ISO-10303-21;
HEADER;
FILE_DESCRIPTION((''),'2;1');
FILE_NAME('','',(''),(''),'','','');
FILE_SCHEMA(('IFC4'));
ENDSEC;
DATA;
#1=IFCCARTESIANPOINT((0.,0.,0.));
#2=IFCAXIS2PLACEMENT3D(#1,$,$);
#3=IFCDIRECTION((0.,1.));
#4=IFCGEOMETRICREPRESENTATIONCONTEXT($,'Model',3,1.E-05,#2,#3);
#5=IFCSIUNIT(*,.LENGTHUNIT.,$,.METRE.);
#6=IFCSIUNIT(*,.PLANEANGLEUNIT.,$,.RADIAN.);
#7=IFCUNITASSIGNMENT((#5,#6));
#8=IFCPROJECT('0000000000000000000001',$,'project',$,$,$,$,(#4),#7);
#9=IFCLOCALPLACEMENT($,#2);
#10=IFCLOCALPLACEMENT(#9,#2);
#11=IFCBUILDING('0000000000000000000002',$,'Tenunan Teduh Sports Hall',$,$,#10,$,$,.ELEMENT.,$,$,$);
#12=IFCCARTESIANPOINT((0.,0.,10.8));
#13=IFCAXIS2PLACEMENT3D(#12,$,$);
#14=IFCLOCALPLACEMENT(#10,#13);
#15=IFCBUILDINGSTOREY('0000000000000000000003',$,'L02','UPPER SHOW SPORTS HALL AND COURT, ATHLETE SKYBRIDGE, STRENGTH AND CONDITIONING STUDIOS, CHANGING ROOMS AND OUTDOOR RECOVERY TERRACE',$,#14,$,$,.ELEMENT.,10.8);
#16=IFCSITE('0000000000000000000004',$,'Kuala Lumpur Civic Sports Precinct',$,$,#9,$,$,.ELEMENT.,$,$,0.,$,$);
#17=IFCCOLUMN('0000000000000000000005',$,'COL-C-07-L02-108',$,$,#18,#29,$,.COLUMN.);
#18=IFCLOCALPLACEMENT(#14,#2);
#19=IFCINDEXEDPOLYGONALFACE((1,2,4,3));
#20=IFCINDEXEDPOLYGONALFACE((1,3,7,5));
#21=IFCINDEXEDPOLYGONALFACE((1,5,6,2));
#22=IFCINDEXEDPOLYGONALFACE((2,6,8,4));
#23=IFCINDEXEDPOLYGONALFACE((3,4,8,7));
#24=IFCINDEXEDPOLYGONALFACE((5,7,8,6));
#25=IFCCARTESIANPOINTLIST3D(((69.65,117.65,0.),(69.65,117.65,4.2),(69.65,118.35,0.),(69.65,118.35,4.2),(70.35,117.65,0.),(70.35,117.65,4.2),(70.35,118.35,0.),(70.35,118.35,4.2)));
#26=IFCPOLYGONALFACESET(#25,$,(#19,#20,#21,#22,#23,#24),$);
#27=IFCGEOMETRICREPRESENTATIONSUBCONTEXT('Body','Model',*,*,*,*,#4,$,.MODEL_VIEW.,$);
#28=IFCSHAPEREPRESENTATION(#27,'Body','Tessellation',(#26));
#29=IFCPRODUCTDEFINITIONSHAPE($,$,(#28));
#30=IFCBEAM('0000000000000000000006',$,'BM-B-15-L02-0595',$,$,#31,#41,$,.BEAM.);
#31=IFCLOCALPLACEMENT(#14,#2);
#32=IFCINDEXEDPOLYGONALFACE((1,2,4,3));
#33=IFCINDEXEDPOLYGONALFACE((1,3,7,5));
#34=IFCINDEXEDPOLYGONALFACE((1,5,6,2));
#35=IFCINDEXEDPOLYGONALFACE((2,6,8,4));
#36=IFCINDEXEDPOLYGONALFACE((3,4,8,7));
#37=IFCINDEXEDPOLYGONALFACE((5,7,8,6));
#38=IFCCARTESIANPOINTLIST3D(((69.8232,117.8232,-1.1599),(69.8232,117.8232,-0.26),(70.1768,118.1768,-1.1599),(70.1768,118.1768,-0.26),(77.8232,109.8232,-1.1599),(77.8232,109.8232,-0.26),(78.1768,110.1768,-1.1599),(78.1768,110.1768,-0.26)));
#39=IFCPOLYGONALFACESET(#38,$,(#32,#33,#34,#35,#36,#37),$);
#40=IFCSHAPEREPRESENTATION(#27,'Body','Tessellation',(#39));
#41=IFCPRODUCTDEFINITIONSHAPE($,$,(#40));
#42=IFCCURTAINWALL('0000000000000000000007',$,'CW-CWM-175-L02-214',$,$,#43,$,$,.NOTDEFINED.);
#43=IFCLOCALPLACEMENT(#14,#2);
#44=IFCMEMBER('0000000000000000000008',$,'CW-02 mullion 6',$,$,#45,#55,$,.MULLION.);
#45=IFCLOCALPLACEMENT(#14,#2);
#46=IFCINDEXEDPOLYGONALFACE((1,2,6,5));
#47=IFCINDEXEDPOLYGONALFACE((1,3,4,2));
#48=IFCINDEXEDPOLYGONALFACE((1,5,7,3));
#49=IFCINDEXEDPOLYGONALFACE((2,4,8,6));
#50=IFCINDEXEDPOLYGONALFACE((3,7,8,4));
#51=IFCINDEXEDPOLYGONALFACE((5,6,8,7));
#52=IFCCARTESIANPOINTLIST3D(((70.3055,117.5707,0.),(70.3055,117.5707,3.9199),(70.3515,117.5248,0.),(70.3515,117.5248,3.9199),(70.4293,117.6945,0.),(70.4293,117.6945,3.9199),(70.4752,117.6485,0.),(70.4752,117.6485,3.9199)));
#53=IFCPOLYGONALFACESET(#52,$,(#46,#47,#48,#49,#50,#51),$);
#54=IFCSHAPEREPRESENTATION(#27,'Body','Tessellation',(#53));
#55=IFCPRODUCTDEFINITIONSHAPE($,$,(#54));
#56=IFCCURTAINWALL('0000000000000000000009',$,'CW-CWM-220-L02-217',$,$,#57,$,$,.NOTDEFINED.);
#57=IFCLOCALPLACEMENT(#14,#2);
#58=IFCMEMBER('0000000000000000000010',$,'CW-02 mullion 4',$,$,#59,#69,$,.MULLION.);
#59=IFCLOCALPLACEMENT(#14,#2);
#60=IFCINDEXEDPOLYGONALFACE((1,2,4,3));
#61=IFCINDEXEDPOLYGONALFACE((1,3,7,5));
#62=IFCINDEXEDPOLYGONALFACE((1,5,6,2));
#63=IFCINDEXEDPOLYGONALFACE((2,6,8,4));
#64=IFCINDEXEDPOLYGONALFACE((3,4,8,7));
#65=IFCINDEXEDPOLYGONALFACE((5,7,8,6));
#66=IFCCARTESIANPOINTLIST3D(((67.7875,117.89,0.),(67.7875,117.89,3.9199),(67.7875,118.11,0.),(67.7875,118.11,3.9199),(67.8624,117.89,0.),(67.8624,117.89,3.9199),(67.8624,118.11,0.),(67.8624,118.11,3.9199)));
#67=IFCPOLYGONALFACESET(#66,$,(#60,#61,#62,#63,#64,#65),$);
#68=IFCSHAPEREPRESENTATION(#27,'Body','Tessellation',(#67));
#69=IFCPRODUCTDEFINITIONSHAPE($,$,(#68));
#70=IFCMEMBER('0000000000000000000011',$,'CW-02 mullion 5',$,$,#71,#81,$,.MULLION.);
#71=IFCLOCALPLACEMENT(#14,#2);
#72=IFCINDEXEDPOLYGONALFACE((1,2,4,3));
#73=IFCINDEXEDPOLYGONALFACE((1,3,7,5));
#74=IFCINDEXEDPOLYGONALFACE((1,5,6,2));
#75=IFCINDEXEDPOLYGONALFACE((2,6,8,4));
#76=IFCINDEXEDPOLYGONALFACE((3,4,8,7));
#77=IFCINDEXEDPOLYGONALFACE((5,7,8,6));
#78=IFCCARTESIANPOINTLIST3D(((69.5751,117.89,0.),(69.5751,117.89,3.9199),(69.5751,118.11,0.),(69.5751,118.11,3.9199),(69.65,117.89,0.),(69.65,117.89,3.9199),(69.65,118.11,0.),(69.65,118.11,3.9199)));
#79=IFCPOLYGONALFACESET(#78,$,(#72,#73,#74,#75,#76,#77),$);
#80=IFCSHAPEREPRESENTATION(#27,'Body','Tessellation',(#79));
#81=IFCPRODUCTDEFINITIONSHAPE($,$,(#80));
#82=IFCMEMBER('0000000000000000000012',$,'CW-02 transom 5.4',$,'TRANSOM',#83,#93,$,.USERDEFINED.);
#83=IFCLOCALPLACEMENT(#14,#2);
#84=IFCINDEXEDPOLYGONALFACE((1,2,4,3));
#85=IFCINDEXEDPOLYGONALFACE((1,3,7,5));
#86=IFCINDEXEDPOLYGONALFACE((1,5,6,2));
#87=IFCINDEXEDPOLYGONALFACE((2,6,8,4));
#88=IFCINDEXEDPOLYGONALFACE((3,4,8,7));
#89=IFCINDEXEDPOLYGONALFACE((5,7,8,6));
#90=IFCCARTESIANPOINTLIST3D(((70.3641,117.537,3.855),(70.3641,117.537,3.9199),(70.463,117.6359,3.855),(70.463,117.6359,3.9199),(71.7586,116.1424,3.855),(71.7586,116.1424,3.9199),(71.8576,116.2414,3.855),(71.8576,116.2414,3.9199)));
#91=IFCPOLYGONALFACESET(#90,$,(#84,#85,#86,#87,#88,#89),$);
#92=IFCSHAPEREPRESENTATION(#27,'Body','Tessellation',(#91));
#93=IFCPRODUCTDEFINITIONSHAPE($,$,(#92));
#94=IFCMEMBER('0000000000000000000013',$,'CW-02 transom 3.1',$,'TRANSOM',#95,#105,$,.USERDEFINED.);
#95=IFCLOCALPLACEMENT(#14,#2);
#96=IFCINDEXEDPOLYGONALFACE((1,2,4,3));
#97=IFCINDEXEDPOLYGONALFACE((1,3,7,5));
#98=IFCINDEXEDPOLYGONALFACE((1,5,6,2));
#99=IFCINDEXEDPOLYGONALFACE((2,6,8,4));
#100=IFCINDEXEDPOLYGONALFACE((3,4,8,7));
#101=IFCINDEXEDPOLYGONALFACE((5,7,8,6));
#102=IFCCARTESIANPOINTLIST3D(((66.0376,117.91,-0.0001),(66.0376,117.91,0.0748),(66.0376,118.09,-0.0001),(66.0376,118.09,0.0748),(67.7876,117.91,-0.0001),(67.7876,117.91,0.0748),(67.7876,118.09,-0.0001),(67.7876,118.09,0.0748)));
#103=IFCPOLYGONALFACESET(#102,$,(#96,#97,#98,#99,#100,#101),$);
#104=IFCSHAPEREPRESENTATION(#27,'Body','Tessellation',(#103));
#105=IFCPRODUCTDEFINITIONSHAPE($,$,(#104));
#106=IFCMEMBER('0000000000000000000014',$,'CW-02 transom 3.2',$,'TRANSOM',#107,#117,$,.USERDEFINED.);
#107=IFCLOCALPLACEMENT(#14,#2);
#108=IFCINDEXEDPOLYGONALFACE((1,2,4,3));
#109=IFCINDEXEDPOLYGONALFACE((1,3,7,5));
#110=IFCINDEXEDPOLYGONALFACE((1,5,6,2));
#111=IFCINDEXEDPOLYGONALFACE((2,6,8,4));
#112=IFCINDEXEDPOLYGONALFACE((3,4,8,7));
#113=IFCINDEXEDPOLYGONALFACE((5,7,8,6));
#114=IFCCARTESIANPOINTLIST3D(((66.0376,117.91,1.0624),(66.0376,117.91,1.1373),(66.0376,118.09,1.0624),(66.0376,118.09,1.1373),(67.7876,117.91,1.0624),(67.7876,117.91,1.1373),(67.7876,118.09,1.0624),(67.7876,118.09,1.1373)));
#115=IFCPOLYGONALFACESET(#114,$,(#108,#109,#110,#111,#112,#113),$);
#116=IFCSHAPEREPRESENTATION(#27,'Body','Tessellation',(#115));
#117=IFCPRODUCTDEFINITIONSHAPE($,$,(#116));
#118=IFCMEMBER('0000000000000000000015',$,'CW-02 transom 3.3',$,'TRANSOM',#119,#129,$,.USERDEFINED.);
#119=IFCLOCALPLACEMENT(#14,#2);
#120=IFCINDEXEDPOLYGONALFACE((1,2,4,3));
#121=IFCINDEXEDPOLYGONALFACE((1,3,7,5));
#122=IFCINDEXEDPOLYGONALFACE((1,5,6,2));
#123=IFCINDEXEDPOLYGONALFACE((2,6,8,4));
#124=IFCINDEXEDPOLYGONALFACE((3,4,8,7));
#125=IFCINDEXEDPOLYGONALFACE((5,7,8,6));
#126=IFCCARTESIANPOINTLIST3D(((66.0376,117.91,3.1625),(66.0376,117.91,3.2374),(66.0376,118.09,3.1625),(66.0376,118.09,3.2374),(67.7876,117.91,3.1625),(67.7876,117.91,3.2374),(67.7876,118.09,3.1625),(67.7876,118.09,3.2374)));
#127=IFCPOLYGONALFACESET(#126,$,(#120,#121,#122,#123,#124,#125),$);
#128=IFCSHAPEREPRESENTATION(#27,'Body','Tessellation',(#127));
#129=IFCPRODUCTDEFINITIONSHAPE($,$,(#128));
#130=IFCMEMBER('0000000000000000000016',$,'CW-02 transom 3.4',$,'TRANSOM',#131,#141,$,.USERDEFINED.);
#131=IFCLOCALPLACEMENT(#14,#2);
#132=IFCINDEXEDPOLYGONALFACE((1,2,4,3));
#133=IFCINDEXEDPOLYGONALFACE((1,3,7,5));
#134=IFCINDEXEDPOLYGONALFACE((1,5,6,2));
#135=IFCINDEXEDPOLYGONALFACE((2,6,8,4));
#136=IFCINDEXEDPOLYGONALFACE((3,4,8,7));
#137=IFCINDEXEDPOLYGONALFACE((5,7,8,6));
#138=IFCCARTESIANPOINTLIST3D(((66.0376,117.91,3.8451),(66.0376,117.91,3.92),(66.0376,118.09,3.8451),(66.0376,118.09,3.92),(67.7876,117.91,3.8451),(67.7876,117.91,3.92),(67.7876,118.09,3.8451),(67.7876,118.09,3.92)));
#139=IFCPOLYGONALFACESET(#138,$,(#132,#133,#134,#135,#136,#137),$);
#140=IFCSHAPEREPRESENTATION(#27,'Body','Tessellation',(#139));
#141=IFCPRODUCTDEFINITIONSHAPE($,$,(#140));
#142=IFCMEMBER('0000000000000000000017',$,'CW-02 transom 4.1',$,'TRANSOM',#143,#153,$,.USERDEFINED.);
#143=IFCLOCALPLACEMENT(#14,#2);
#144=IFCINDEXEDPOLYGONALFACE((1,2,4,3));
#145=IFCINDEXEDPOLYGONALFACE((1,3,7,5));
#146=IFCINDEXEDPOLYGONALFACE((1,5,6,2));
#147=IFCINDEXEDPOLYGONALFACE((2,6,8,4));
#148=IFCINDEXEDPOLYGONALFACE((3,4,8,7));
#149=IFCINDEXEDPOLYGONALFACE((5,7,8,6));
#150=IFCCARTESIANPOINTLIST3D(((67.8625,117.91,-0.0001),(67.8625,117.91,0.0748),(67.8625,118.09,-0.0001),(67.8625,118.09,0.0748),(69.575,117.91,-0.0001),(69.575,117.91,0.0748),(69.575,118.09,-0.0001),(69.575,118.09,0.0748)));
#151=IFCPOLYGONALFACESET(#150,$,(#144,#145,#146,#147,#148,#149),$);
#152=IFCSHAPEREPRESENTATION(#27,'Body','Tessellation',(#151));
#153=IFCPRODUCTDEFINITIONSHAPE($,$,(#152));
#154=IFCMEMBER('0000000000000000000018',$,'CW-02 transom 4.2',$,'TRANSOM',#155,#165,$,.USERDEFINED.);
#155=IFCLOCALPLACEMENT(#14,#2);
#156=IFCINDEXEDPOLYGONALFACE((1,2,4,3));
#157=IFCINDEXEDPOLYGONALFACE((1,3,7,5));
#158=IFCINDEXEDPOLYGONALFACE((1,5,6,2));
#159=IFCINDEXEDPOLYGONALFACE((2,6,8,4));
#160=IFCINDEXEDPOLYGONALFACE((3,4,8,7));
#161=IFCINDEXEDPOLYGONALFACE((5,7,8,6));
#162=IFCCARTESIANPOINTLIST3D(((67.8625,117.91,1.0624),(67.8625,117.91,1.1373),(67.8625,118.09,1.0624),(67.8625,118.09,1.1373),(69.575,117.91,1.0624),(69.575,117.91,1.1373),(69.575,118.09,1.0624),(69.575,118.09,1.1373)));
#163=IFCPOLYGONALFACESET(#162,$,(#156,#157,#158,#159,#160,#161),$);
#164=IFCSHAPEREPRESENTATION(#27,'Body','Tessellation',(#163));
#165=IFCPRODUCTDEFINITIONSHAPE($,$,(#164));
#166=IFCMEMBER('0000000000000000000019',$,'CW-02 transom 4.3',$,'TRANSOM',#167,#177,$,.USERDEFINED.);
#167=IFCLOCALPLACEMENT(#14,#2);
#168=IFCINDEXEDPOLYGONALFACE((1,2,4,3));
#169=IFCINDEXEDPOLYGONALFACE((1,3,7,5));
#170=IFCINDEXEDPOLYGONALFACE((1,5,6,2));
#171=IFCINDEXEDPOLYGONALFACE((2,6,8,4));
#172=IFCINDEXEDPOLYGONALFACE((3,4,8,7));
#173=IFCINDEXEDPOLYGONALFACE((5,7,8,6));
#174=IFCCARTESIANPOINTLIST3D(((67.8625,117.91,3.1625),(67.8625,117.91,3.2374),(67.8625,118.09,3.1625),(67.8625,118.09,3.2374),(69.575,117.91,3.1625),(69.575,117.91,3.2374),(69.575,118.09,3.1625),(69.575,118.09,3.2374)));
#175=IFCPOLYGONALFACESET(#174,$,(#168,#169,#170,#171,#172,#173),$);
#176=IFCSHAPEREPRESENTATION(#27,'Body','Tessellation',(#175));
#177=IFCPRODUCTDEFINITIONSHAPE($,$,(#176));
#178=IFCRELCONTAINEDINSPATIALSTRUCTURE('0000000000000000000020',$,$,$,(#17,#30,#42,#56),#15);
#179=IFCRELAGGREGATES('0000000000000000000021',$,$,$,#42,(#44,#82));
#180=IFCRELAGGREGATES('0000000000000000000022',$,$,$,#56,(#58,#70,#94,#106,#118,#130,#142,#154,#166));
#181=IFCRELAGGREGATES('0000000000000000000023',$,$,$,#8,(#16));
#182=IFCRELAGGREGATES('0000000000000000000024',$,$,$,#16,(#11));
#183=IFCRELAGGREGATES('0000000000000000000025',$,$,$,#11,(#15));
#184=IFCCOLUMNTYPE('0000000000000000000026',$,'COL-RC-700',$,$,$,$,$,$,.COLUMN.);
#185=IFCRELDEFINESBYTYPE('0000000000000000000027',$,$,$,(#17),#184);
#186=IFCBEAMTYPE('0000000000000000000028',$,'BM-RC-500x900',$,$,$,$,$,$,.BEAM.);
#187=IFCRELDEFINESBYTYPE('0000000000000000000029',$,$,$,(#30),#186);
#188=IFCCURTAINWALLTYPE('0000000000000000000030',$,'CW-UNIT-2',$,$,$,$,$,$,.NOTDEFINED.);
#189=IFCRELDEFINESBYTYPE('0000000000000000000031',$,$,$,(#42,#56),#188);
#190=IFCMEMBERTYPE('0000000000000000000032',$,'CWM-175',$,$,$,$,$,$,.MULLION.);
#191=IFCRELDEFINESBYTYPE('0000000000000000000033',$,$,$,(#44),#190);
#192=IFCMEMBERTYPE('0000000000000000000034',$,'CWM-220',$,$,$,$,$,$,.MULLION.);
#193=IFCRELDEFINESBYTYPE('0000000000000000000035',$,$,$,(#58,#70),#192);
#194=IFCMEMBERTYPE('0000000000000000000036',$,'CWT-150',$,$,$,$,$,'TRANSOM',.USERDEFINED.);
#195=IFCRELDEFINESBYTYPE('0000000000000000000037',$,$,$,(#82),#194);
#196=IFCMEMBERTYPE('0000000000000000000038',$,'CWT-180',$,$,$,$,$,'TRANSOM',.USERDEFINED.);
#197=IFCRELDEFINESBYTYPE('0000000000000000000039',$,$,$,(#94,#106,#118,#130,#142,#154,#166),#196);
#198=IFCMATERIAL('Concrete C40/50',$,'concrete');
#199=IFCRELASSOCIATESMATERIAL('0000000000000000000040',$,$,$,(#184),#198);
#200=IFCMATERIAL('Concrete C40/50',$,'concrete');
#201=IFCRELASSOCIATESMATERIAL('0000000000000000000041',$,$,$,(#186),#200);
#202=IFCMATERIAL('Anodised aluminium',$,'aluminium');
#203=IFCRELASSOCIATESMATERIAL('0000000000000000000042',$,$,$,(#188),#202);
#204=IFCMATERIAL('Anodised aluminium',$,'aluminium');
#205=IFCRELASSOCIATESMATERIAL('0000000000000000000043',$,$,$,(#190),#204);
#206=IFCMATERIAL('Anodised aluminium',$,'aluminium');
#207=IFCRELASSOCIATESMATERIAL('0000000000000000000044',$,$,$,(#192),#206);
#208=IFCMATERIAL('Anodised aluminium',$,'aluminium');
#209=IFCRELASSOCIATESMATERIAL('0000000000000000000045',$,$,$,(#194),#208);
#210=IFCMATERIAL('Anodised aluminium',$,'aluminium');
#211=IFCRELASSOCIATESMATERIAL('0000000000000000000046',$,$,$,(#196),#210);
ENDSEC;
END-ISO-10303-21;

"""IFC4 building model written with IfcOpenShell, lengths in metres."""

from ifc_helpers import new_model, si_unit, direction, frame, origin, origin_2d, place, context, subcontext, project, spatial, rectangle, extrude, material, material_profile, profile_set, type_object, element, aggregate, save


model = new_model("IFC4")

# Units and contexts
model_context = context("Model", 3, precision=1e-05, world=origin(), true_north=direction((0.0, 1.0)))
body_context = subcontext(model_context, "Body", "Model", "MODEL_VIEW")
ifc_project = project(units=[si_unit("LENGTHUNIT", "METRE"), si_unit("PLANEANGLEUNIT", "RADIAN")], contexts=[model_context])

# Site, building, storey
site_placement = place(None, origin())
site = spatial("IfcSite", under=ifc_project, at=site_placement, Name="Kuala Lumpur Civic Sports Precinct", CompositionType="ELEMENT", RefElevation=0.0)
building_placement = place(site_placement, origin())
building = spatial("IfcBuilding", under=site, at=building_placement, Name="Tenunan Teduh Sports Hall", CompositionType="ELEMENT")
storey_placement = place(building_placement, frame((0.0, 0.0, 10.8)))
storey = spatial("IfcBuildingStorey", under=building, at=storey_placement, Name="L02", Description="UPPER SHOW SPORTS HALL AND COURT, ATHLETE SKYBRIDGE, STRENGTH AND CONDITIONING STUDIOS, CHANGING ROOMS AND OUTDOOR RECOVERY TERRACE", CompositionType="ELEMENT", Elevation=10.8)

# Column
ifc_material_1 = material(Name="Concrete C40/50", Category="concrete")
ifc_material_profile_1 = material_profile(ifc_material_1, rectangle(XDim=0.7, YDim=0.7, at=origin_2d()), Name="RC 700x700")
ifc_profile_set_1 = profile_set([ifc_material_profile_1], Name="Concrete C40/50")
column_type = type_object("IfcColumnType", Name="COL-RC-700", PredefinedType="COLUMN", material=ifc_profile_set_1)
column_placement = place(storey_placement, frame((70.0, 118.0, 0.0), z_axis=(0.0, 0.0, 1.0), x_axis=(1.0, 0.0, 0.0)))
element("IfcColumn", 1, at=column_placement, inside=storey, type_object=column_type, Name="COL-C-07-L02-108", PredefinedType="COLUMN", context=body_context, shape_type="SweptSolid", body=[
    extrude(rectangle(XDim=0.7, YDim=0.7, at=origin_2d()), origin(), (0.0, 0.0, 1.0), 4.2),
])

# Beam
ifc_material_2 = material(Name="Concrete C40/50", Category="concrete")
ifc_material_profile_2 = material_profile(ifc_material_2, rectangle(XDim=0.5, YDim=0.8999, at=origin_2d()), Name="RCB 500x900")
ifc_profile_set_2 = profile_set([ifc_material_profile_2], Name="Concrete C40/50")
beam_type = type_object("IfcBeamType", Name="BM-RC-500x900", PredefinedType="BEAM", material=ifc_profile_set_2)
beam_placement = place(storey_placement, frame((70.0, 118.0, -0.71), z_axis=(0.707107, -0.707107, 0.0), x_axis=(0.707107, 0.707107, 0.0)))
element("IfcBeam", 2, at=beam_placement, inside=storey, type_object=beam_type, Name="BM-B-15-L02-0595", PredefinedType="BEAM", context=body_context, shape_type="SweptSolid", body=[
    extrude(rectangle(XDim=0.5, YDim=0.8999, at=origin_2d()), origin(), (0.0, 0.0, 1.0), 11.3137),
])

# Curtain wall, member
ifc_material_3 = material(Name="Anodised aluminium", Category="aluminium")
curtain_wall_type = type_object("IfcCurtainWallType", Name="CW-UNIT-2", PredefinedType="NOTDEFINED", material=ifc_material_3)
curtain_wall_1_placement = place(storey_placement, origin())
curtain_wall_1 = element("IfcCurtainWall", 3, at=curtain_wall_1_placement, inside=storey, type_object=curtain_wall_type, Name="CW-CWM-175-L02-214", PredefinedType="NOTDEFINED")
ifc_material_4 = material(Name="Anodised aluminium", Category="aluminium")
ifc_material_profile_3 = material_profile(ifc_material_4, rectangle(XDim=0.0649, YDim=0.175, at=origin_2d()), Name="CWM 65x175")
ifc_profile_set_3 = profile_set([ifc_material_profile_3], Name="Anodised aluminium")
member_type_1 = type_object("IfcMemberType", Name="CWM-175", PredefinedType="MULLION", material=ifc_profile_set_3)
member_1_placement = place(storey_placement, frame((70.3904, 117.6096, 0.0), z_axis=(0.0, 0.0, 1.0), x_axis=(-0.707107, 0.707107, 0.0)))
member_1 = element("IfcMember", 4, at=member_1_placement, type_object=member_type_1, Name="CW-02 mullion 6", PredefinedType="MULLION", context=body_context, shape_type="SweptSolid", body=[
    extrude(rectangle(XDim=0.0649, YDim=0.175, at=origin_2d()), origin(), (0.0, 0.0, 1.0), 3.9199),
])

# Curtain wall, members
curtain_wall_2_placement = place(storey_placement, origin())
curtain_wall_2 = element("IfcCurtainWall", 5, at=curtain_wall_2_placement, inside=storey, type_object=curtain_wall_type, Name="CW-CWM-220-L02-217", PredefinedType="NOTDEFINED")
ifc_material_5 = material(Name="Anodised aluminium", Category="aluminium")
ifc_material_profile_4 = material_profile(ifc_material_5, rectangle(XDim=0.075, YDim=0.22, at=origin_2d()), Name="CWM 75x220")
ifc_profile_set_4 = profile_set([ifc_material_profile_4], Name="Anodised aluminium")
member_type_2 = type_object("IfcMemberType", Name="CWM-220", PredefinedType="MULLION", material=ifc_profile_set_4)
member_2_placement = place(storey_placement, frame((67.825, 118.0, 0.0), z_axis=(0.0, 0.0, 1.0), x_axis=(1.0, 0.0, 0.0)))
member_2 = element("IfcMember", 6, at=member_2_placement, type_object=member_type_2, Name="CW-02 mullion 4", PredefinedType="MULLION", context=body_context, shape_type="SweptSolid", body=[
    extrude(rectangle(XDim=0.075, YDim=0.22, at=origin_2d()), origin(), (0.0, 0.0, 1.0), 3.9199),
])
member_3_placement = place(storey_placement, frame((69.6125, 118.0, 0.0), z_axis=(0.0, 0.0, 1.0), x_axis=(1.0, 0.0, 0.0)))
member_3 = element("IfcMember", 7, at=member_3_placement, type_object=member_type_2, Name="CW-02 mullion 5", PredefinedType="MULLION", context=body_context, shape_type="SweptSolid", body=[
    extrude(rectangle(XDim=0.075, YDim=0.22, at=origin_2d()), origin(), (0.0, 0.0, 1.0), 3.9199),
])

# Members
ifc_material_6 = material(Name="Anodised aluminium", Category="aluminium")
ifc_material_profile_5 = material_profile(ifc_material_6, rectangle(XDim=0.0649, YDim=0.1399, at=origin_2d()), Name="CWT 65x140")
ifc_profile_set_5 = profile_set([ifc_material_profile_5], Name="Anodised aluminium")
member_type_3 = type_object("IfcMemberType", Name="CWT-150", ElementType="TRANSOM", PredefinedType="USERDEFINED", material=ifc_profile_set_5)
member_4_placement = place(storey_placement, frame((71.8081, 116.1919, 3.8875), z_axis=(-0.707107, 0.707107, 0.0), x_axis=(0.0, 0.0, 1.0)))
member_4 = element("IfcMember", 8, at=member_4_placement, type_object=member_type_3, Name="CW-02 transom 5.4", ObjectType="TRANSOM", PredefinedType="USERDEFINED", context=body_context, shape_type="SweptSolid", body=[
    extrude(rectangle(XDim=0.0649, YDim=0.1399, at=origin_2d()), origin(), (0.0, 0.0, 1.0), 1.9722),
])
ifc_material_7 = material(Name="Anodised aluminium", Category="aluminium")
ifc_material_profile_6 = material_profile(ifc_material_7, rectangle(XDim=0.075, YDim=0.1799, at=origin_2d()), Name="CWT 75x180")
ifc_profile_set_6 = profile_set([ifc_material_profile_6], Name="Anodised aluminium")
member_type_4 = type_object("IfcMemberType", Name="CWT-180", ElementType="TRANSOM", PredefinedType="USERDEFINED", material=ifc_profile_set_6)
member_5_placement = place(storey_placement, frame((66.0376, 118.0, 0.0374), z_axis=(1.0, 0.0, 0.0), x_axis=(0.0, 0.0, 1.0)))
member_5 = element("IfcMember", 9, at=member_5_placement, type_object=member_type_4, Name="CW-02 transom 3.1", ObjectType="TRANSOM", PredefinedType="USERDEFINED", context=body_context, shape_type="SweptSolid", body=[
    extrude(rectangle(XDim=0.075, YDim=0.1799, at=origin_2d()), origin(), (0.0, 0.0, 1.0), 1.75),
])
member_6_placement = place(storey_placement, frame((66.0376, 118.0, 1.0999), z_axis=(1.0, 0.0, 0.0), x_axis=(0.0, 0.0, 1.0)))
member_6 = element("IfcMember", 10, at=member_6_placement, type_object=member_type_4, Name="CW-02 transom 3.2", ObjectType="TRANSOM", PredefinedType="USERDEFINED", context=body_context, shape_type="SweptSolid", body=[
    extrude(rectangle(XDim=0.075, YDim=0.1799, at=origin_2d()), origin(), (0.0, 0.0, 1.0), 1.75),
])
member_7_placement = place(storey_placement, frame((66.0376, 118.0, 3.2), z_axis=(1.0, 0.0, 0.0), x_axis=(0.0, 0.0, 1.0)))
member_7 = element("IfcMember", 11, at=member_7_placement, type_object=member_type_4, Name="CW-02 transom 3.3", ObjectType="TRANSOM", PredefinedType="USERDEFINED", context=body_context, shape_type="SweptSolid", body=[
    extrude(rectangle(XDim=0.075, YDim=0.1799, at=origin_2d()), origin(), (0.0, 0.0, 1.0), 1.75),
])
member_8_placement = place(storey_placement, frame((66.0376, 118.0, 3.8826), z_axis=(1.0, 0.0, 0.0), x_axis=(0.0, 0.0, 1.0)))
member_8 = element("IfcMember", 12, at=member_8_placement, type_object=member_type_4, Name="CW-02 transom 3.4", ObjectType="TRANSOM", PredefinedType="USERDEFINED", context=body_context, shape_type="SweptSolid", body=[
    extrude(rectangle(XDim=0.075, YDim=0.1799, at=origin_2d()), origin(), (0.0, 0.0, 1.0), 1.75),
])
member_9_placement = place(storey_placement, frame((67.8625, 118.0, 0.0374), z_axis=(1.0, 0.0, 0.0), x_axis=(0.0, 0.0, 1.0)))
member_9 = element("IfcMember", 13, at=member_9_placement, type_object=member_type_4, Name="CW-02 transom 4.1", ObjectType="TRANSOM", PredefinedType="USERDEFINED", context=body_context, shape_type="SweptSolid", body=[
    extrude(rectangle(XDim=0.075, YDim=0.1799, at=origin_2d()), origin(), (0.0, 0.0, 1.0), 1.7124),
])
member_10_placement = place(storey_placement, frame((67.8625, 118.0, 1.0999), z_axis=(1.0, 0.0, 0.0), x_axis=(0.0, 0.0, 1.0)))
member_10 = element("IfcMember", 14, at=member_10_placement, type_object=member_type_4, Name="CW-02 transom 4.2", ObjectType="TRANSOM", PredefinedType="USERDEFINED", context=body_context, shape_type="SweptSolid", body=[
    extrude(rectangle(XDim=0.075, YDim=0.1799, at=origin_2d()), origin(), (0.0, 0.0, 1.0), 1.7124),
])
member_11_placement = place(storey_placement, frame((67.8625, 118.0, 3.2), z_axis=(1.0, 0.0, 0.0), x_axis=(0.0, 0.0, 1.0)))
member_11 = element("IfcMember", 15, at=member_11_placement, type_object=member_type_4, Name="CW-02 transom 4.3", ObjectType="TRANSOM", PredefinedType="USERDEFINED", context=body_context, shape_type="SweptSolid", body=[
    extrude(rectangle(XDim=0.075, YDim=0.1799, at=origin_2d()), origin(), (0.0, 0.0, 1.0), 1.7124),
])

aggregate(curtain_wall_1, [member_1, member_4])
aggregate(curtain_wall_2, [member_2, member_3, member_5, member_6, member_7, member_8, member_9, member_10, member_11])

save(model, "model.ifc")
